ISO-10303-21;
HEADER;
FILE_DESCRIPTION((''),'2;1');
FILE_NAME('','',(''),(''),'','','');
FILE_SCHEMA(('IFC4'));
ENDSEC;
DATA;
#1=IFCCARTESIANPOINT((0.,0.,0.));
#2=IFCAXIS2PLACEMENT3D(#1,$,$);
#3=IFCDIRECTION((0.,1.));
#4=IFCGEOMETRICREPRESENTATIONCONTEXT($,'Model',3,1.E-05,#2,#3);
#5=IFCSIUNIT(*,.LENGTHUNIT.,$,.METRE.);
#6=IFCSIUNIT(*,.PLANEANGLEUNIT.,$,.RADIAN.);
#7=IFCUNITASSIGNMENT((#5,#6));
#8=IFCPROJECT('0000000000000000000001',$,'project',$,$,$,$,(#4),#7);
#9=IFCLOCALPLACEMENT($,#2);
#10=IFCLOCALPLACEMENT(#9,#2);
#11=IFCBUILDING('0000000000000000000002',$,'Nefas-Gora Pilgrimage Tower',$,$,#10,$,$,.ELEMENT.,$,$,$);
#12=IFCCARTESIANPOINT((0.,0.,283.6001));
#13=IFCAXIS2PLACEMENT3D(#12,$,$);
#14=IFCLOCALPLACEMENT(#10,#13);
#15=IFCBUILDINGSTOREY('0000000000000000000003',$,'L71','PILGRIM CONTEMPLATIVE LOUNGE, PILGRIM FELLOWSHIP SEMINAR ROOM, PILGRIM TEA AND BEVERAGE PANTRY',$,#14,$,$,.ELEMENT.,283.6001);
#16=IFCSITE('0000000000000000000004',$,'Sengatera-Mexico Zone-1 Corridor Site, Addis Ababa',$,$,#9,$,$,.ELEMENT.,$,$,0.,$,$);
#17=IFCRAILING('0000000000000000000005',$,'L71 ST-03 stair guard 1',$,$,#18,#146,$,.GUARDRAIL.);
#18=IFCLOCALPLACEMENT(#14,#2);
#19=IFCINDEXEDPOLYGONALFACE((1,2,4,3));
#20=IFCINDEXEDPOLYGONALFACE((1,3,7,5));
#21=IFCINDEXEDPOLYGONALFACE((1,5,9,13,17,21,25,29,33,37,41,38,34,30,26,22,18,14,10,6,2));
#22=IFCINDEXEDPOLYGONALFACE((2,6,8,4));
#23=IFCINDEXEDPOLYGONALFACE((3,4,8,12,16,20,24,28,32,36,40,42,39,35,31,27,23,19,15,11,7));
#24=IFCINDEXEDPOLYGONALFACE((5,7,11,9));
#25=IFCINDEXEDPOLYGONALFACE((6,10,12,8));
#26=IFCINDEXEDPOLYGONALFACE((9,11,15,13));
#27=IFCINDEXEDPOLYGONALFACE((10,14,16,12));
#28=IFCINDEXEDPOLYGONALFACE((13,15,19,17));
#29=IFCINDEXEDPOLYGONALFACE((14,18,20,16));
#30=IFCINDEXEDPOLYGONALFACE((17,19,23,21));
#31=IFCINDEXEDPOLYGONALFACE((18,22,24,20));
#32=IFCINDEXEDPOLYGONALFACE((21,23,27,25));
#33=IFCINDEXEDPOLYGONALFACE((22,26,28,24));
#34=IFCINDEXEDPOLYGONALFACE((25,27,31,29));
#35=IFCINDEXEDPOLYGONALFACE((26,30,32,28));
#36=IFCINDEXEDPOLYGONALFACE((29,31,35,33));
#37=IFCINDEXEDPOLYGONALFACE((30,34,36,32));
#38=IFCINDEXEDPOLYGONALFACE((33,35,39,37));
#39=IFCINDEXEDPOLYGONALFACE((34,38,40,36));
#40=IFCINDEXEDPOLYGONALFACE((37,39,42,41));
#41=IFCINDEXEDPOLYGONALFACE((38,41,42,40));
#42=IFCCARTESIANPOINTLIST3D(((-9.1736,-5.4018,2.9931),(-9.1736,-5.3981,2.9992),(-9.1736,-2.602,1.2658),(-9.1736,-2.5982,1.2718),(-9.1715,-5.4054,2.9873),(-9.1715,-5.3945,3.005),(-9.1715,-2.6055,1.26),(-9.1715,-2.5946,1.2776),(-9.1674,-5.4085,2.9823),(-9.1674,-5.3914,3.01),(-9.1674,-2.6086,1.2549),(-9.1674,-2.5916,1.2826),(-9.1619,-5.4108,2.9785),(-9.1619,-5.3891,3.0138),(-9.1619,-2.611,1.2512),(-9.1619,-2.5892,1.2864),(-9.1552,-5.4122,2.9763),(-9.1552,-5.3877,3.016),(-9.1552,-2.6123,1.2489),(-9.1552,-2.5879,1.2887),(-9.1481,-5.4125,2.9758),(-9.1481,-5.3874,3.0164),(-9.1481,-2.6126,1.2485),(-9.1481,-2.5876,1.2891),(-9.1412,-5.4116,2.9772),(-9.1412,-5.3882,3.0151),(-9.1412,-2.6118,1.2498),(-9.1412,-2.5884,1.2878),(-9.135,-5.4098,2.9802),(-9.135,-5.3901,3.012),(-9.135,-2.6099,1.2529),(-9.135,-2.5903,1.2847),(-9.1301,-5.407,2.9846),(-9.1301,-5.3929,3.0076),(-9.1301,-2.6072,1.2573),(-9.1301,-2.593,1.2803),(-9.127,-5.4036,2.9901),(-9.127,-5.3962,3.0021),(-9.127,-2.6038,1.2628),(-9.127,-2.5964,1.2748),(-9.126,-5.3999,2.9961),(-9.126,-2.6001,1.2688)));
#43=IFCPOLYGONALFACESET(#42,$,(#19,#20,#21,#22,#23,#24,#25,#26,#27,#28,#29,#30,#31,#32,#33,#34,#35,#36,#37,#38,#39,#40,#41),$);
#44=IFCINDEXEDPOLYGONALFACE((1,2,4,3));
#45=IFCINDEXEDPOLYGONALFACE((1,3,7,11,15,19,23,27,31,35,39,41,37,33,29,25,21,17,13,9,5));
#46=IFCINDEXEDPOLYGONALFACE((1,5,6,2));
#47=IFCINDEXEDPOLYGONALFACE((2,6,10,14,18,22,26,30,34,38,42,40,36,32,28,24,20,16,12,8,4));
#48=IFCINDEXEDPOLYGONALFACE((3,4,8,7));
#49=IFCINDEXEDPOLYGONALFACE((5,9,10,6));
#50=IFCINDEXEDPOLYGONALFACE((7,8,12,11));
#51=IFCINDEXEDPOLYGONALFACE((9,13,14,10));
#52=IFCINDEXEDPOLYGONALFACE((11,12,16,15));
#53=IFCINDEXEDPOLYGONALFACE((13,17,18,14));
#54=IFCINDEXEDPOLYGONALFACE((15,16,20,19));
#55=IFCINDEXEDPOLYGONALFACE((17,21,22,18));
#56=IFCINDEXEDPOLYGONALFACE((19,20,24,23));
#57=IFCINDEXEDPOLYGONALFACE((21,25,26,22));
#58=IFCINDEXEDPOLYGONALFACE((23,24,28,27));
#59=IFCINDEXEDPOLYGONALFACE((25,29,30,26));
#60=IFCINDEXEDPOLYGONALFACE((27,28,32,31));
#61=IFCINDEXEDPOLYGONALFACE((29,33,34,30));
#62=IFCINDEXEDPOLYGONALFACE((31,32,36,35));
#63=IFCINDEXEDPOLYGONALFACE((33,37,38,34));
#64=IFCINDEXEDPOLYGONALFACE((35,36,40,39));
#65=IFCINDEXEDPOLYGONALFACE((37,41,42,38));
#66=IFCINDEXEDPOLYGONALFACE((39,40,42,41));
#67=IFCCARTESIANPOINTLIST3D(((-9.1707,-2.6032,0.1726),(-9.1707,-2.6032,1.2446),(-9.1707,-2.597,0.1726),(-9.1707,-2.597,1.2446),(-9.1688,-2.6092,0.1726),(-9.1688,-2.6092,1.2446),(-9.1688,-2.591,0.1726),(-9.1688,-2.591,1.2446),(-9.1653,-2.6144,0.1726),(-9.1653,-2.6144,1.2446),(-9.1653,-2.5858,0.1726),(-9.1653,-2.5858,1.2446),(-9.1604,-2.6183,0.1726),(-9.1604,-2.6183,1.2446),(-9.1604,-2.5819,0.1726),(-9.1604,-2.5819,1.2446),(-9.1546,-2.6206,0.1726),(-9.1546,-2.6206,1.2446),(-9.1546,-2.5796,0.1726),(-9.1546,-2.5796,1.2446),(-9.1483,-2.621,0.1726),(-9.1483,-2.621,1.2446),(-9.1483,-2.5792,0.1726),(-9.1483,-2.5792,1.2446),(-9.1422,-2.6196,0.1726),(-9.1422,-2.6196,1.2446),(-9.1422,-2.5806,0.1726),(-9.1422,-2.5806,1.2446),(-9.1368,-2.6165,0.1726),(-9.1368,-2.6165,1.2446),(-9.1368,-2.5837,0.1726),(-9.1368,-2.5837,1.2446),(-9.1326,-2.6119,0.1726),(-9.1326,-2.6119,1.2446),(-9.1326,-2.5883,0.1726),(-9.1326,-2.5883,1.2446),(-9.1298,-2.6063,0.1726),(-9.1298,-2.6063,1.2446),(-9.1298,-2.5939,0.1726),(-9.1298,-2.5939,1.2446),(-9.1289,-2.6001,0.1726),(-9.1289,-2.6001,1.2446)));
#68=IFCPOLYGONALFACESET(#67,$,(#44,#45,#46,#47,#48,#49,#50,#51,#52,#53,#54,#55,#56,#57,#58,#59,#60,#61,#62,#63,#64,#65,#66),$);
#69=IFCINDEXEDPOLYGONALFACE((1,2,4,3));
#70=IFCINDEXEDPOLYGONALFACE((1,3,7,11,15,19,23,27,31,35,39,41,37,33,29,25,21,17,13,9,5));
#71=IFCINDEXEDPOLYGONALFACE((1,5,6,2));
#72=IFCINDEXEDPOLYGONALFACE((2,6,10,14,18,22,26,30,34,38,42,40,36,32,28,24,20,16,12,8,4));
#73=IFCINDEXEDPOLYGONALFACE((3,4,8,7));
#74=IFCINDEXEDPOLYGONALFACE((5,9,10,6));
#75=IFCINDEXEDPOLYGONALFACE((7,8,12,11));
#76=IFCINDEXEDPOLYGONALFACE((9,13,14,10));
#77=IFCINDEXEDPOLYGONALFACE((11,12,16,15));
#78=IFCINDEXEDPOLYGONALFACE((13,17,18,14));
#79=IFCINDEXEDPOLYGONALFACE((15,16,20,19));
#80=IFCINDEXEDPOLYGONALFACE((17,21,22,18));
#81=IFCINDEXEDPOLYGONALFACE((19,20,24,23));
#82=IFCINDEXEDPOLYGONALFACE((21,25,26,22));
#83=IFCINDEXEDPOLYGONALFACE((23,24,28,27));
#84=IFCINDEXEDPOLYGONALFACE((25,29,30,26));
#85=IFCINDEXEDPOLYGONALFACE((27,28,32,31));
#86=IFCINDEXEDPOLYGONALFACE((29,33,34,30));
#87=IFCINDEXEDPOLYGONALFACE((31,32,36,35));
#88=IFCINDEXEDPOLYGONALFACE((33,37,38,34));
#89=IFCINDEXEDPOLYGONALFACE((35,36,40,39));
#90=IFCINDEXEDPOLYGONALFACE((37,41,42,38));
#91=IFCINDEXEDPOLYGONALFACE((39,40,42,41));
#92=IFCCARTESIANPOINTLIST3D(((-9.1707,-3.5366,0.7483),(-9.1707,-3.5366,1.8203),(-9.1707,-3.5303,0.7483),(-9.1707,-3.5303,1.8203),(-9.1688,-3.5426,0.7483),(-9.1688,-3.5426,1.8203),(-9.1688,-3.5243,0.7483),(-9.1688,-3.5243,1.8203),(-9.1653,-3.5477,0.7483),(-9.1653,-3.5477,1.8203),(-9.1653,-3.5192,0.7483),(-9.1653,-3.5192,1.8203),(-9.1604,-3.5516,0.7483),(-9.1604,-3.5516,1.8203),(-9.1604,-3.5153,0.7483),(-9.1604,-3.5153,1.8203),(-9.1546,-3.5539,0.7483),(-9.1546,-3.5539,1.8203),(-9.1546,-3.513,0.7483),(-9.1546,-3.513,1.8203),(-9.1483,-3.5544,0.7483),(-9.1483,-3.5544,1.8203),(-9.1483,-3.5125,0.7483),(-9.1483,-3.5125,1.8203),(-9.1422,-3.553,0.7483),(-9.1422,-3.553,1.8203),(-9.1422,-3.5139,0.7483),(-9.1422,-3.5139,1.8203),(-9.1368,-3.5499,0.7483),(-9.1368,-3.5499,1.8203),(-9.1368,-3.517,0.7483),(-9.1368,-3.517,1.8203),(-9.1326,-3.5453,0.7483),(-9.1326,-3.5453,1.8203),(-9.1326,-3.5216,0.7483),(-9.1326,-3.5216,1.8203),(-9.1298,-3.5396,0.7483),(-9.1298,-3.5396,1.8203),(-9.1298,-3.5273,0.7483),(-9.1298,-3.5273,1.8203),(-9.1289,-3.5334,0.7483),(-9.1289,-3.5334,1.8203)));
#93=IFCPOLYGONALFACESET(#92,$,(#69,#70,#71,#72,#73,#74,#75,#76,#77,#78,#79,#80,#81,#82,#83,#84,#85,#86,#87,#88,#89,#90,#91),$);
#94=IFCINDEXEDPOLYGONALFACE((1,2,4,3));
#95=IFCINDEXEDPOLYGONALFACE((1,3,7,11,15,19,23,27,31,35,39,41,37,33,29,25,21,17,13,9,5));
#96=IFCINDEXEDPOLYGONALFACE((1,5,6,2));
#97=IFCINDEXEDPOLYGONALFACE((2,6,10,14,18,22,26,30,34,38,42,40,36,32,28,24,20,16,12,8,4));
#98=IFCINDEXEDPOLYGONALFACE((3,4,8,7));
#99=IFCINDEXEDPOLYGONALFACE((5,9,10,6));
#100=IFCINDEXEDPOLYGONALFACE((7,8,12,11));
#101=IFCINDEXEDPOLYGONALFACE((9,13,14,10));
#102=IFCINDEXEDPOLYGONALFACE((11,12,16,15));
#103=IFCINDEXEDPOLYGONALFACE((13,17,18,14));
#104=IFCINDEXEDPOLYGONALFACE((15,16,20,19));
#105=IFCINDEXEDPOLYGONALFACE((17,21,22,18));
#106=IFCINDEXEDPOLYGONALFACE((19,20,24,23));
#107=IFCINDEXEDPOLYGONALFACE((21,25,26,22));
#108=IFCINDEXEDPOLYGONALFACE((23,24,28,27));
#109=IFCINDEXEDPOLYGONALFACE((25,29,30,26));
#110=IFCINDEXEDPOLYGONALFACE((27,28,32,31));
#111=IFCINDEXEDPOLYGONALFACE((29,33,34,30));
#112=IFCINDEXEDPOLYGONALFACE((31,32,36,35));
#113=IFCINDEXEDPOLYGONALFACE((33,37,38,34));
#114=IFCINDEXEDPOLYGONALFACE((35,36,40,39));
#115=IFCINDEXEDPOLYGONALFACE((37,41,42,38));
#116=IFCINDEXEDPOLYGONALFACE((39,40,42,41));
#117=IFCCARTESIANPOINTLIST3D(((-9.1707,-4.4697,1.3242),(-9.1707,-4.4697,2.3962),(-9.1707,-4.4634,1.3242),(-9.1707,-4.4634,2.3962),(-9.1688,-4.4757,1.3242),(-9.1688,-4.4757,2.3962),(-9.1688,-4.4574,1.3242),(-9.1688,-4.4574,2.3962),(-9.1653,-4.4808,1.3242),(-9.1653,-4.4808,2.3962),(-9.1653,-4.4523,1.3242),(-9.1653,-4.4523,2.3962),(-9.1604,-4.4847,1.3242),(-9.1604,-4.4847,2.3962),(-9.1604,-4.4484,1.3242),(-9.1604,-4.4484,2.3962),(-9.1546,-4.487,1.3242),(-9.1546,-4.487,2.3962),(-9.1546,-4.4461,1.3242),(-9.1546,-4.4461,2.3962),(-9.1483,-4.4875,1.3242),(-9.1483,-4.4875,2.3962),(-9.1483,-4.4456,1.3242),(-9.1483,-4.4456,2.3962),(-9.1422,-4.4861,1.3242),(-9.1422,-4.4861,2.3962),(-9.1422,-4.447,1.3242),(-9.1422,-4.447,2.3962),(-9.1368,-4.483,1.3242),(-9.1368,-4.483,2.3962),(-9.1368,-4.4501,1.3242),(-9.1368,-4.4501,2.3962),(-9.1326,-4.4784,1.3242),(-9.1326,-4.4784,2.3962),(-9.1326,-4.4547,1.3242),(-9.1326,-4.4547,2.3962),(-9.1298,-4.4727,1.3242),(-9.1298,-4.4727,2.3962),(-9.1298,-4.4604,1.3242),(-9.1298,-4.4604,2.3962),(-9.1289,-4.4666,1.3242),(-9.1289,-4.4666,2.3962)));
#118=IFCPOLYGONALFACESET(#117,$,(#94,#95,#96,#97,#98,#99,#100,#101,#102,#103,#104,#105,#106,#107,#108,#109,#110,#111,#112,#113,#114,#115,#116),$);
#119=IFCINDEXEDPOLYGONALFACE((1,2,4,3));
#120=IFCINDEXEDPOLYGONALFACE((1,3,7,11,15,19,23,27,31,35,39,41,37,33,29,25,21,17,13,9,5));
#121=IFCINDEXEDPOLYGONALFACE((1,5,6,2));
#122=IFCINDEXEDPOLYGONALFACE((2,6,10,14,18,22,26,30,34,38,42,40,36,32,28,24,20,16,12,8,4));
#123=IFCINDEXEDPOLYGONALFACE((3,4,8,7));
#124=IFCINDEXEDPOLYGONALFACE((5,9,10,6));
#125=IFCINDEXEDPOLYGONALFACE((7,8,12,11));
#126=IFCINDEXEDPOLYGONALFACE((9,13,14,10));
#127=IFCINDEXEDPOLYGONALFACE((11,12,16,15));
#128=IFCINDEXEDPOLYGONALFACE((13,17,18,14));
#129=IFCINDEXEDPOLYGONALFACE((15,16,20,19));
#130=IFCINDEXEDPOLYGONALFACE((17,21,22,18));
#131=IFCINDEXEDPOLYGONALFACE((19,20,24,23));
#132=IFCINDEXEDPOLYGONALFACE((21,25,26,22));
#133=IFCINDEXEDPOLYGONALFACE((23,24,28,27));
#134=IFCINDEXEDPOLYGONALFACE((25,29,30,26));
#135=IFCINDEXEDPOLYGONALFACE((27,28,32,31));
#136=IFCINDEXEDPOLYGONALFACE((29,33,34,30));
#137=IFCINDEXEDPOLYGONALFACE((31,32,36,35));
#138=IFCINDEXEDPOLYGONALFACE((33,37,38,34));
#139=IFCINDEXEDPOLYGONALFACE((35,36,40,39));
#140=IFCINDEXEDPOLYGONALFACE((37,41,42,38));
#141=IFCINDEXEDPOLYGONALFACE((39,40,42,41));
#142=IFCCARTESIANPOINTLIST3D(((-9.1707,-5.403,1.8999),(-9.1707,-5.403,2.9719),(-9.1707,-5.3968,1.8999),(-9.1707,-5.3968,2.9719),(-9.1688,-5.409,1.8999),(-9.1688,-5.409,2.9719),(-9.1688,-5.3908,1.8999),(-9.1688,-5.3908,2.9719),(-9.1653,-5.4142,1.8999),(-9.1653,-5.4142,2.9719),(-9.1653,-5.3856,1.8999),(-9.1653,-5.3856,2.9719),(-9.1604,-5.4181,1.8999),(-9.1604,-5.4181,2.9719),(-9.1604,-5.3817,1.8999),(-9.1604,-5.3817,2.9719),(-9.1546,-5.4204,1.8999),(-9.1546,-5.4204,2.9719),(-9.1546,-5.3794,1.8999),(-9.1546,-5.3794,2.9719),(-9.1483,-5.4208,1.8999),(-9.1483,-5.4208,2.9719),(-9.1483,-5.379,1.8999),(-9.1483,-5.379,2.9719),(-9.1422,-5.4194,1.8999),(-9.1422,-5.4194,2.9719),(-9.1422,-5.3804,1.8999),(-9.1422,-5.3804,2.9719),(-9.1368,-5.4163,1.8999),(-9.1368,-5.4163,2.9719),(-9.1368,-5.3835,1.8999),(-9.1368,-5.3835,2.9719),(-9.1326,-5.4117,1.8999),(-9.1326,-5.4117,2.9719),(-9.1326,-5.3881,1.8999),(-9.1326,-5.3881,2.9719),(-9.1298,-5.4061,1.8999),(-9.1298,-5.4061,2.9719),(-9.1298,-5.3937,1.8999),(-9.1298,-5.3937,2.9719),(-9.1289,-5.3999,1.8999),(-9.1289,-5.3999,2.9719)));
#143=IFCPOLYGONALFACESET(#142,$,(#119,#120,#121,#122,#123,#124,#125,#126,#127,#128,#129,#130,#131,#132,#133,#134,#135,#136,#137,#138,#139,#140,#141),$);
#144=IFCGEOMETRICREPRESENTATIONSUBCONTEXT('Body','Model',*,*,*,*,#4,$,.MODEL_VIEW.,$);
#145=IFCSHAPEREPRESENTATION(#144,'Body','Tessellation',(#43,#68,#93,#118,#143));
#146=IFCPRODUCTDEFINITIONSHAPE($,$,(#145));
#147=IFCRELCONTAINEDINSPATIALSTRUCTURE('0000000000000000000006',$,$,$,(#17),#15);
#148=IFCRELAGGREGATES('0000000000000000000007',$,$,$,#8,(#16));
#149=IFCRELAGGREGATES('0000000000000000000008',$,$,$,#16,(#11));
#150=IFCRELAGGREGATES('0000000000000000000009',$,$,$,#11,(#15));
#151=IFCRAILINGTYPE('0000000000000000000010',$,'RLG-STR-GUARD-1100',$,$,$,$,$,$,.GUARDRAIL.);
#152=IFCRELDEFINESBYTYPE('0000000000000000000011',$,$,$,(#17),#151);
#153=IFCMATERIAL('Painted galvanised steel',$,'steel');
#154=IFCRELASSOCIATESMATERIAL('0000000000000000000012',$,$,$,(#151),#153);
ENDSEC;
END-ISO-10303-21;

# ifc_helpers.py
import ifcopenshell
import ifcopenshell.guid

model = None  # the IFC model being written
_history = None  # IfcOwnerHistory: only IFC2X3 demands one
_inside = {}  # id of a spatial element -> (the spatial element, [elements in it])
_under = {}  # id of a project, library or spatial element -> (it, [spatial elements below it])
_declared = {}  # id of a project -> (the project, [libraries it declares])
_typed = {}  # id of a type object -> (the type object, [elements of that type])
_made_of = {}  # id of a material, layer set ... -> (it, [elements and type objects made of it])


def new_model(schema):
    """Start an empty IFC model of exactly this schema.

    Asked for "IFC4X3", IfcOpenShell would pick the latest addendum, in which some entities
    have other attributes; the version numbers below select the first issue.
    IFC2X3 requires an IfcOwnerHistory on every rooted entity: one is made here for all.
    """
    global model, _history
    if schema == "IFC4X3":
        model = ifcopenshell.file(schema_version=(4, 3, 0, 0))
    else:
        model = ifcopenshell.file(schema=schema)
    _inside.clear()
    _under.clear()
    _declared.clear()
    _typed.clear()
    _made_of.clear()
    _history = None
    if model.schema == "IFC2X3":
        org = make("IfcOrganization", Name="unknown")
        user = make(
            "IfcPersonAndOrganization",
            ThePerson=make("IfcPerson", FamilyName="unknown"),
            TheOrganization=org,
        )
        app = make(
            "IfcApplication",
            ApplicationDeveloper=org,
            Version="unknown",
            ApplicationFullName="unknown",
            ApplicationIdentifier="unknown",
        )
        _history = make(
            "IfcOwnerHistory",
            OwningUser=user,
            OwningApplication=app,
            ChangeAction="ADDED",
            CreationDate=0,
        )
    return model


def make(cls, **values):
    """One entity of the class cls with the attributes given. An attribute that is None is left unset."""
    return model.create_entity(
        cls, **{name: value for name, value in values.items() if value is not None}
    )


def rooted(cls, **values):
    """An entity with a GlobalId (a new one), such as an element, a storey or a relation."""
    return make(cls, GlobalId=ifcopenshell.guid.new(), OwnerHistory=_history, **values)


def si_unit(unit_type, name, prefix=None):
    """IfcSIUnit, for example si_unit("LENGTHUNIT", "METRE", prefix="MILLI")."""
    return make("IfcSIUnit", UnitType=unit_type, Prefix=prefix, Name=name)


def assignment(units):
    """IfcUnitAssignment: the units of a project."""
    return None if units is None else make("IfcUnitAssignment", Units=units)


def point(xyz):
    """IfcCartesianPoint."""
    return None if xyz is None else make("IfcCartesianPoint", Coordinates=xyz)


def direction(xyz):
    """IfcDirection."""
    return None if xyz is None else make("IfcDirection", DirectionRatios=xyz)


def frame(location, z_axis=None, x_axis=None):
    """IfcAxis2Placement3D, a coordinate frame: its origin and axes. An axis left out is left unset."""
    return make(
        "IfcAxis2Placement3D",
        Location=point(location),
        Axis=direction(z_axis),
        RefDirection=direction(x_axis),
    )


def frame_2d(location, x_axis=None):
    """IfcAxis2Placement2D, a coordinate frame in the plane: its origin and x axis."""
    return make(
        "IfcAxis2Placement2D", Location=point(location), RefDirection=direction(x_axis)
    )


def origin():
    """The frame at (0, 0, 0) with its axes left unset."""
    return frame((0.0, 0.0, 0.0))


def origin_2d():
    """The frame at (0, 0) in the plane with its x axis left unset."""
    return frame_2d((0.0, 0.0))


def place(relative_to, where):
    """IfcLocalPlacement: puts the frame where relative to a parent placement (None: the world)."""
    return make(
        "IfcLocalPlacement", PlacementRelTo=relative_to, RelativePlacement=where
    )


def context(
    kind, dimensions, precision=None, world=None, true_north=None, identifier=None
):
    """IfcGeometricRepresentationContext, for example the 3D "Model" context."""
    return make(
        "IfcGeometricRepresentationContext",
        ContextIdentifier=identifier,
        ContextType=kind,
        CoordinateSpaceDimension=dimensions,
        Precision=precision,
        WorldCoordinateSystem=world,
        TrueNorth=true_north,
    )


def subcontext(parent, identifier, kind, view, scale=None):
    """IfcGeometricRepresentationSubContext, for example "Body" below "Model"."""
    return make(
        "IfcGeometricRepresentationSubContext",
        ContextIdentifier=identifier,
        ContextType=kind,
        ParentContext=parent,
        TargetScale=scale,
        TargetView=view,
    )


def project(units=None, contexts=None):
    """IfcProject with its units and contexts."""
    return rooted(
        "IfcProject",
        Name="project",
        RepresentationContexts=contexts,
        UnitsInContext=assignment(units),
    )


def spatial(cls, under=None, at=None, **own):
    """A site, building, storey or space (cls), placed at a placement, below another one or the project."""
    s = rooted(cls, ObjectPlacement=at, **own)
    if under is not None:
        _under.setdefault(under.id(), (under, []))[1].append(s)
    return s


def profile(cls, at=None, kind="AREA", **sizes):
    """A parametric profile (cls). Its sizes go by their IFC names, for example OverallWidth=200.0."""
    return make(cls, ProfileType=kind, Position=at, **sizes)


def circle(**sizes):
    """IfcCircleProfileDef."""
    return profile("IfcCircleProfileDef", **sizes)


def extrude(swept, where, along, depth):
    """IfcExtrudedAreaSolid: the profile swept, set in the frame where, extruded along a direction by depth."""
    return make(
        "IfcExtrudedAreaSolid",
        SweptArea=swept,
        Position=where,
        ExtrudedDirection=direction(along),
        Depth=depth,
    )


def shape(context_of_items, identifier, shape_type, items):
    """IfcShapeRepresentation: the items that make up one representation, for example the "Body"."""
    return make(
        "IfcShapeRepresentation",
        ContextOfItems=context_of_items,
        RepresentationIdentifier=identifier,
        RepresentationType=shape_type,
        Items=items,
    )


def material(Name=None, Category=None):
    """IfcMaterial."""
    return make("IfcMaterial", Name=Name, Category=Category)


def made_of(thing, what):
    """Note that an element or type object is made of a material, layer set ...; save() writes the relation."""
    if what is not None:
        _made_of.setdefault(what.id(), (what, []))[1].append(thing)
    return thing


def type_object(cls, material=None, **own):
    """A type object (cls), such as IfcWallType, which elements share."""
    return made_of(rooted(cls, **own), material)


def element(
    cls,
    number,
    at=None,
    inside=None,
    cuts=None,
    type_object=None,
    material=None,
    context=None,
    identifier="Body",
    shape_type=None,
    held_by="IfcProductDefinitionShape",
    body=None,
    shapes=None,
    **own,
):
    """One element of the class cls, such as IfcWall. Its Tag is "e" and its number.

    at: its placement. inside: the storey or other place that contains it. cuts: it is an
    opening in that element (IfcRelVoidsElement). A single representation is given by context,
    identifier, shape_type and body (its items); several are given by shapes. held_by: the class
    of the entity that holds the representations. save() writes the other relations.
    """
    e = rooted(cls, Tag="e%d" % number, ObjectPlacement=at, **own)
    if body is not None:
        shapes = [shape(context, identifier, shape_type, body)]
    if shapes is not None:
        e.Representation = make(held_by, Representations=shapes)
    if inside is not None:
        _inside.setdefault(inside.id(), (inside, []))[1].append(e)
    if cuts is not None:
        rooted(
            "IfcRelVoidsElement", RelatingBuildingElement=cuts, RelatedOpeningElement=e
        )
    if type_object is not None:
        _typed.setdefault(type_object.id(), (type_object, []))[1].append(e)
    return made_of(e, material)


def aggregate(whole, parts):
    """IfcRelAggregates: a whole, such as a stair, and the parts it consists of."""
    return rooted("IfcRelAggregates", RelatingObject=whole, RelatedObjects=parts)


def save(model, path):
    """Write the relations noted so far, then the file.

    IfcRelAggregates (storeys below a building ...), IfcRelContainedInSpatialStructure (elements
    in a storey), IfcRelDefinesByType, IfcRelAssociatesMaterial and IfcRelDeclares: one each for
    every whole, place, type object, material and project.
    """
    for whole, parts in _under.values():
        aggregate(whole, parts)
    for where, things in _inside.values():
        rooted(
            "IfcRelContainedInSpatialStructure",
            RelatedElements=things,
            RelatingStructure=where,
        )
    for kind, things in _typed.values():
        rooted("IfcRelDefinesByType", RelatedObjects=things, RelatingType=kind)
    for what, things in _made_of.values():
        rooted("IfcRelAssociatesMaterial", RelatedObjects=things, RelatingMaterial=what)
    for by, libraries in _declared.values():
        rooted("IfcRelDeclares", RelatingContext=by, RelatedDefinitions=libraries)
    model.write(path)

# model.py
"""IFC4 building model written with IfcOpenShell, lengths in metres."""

from ifc_helpers import new_model, si_unit, direction, frame, origin, origin_2d, place, context, subcontext, project, spatial, circle, extrude, material, type_object, element, save


model = new_model("IFC4")

# Units and contexts
model_context = context("Model", 3, precision=1e-05, world=origin(), true_north=direction((0.0, 1.0)))
body_context = subcontext(model_context, "Body", "Model", "MODEL_VIEW")
ifc_project = project(units=[si_unit("LENGTHUNIT", "METRE"), si_unit("PLANEANGLEUNIT", "RADIAN")], contexts=[model_context])

# Site, building, storey
site_placement = place(None, origin())
site = spatial("IfcSite", under=ifc_project, at=site_placement, Name="Sengatera-Mexico Zone-1 Corridor Site, Addis Ababa", CompositionType="ELEMENT", RefElevation=0.0)
building_placement = place(site_placement, origin())
building = spatial("IfcBuilding", under=site, at=building_placement, Name="Nefas-Gora Pilgrimage Tower", CompositionType="ELEMENT")
storey_placement = place(building_placement, frame((0.0, 0.0, 283.6001)))
storey = spatial("IfcBuildingStorey", under=building, at=storey_placement, Name="L71", Description="PILGRIM CONTEMPLATIVE LOUNGE, PILGRIM FELLOWSHIP SEMINAR ROOM, PILGRIM TEA AND BEVERAGE PANTRY", CompositionType="ELEMENT", Elevation=283.6001)

# Railing
ifc_material_1 = material(Name="Painted galvanised steel", Category="steel")
railing_type_1 = type_object("IfcRailingType", Name="RLG-STR-GUARD-1100", PredefinedType="GUARDRAIL", material=ifc_material_1)
railing_1_placement = place(storey_placement, frame((-9.1499, -2.6001, 0.1726)))
element("IfcRailing", 1, at=railing_1_placement, inside=storey, type_object=railing_type_1, Name="L71 ST-03 stair guard 1", PredefinedType="GUARDRAIL", context=body_context, shape_type="SweptSolid", body=[
    extrude(circle(Radius=0.0239, at=origin_2d()), frame((0.0, 0.0, 1.0962), z_axis=(0.0, -0.851069, 0.525054), x_axis=(1.0, 0.0, 0.0)), (0.0, 0.0, 1.0), 3.2898),
    extrude(circle(Radius=0.021, at=origin_2d()), origin(), (0.0, 0.0, 1.0), 1.072),
    extrude(circle(Radius=0.021, at=origin_2d()), frame((0.0, -0.9333, 0.5757)), (0.0, 0.0, 1.0), 1.072),
    extrude(circle(Radius=0.021, at=origin_2d()), frame((0.0, -1.8665, 1.1516)), (0.0, 0.0, 1.0), 1.072),
    extrude(circle(Radius=0.021, at=origin_2d()), frame((0.0, -2.7998, 1.7273)), (0.0, 0.0, 1.0), 1.072),
])

save(model, "model.ifc")
